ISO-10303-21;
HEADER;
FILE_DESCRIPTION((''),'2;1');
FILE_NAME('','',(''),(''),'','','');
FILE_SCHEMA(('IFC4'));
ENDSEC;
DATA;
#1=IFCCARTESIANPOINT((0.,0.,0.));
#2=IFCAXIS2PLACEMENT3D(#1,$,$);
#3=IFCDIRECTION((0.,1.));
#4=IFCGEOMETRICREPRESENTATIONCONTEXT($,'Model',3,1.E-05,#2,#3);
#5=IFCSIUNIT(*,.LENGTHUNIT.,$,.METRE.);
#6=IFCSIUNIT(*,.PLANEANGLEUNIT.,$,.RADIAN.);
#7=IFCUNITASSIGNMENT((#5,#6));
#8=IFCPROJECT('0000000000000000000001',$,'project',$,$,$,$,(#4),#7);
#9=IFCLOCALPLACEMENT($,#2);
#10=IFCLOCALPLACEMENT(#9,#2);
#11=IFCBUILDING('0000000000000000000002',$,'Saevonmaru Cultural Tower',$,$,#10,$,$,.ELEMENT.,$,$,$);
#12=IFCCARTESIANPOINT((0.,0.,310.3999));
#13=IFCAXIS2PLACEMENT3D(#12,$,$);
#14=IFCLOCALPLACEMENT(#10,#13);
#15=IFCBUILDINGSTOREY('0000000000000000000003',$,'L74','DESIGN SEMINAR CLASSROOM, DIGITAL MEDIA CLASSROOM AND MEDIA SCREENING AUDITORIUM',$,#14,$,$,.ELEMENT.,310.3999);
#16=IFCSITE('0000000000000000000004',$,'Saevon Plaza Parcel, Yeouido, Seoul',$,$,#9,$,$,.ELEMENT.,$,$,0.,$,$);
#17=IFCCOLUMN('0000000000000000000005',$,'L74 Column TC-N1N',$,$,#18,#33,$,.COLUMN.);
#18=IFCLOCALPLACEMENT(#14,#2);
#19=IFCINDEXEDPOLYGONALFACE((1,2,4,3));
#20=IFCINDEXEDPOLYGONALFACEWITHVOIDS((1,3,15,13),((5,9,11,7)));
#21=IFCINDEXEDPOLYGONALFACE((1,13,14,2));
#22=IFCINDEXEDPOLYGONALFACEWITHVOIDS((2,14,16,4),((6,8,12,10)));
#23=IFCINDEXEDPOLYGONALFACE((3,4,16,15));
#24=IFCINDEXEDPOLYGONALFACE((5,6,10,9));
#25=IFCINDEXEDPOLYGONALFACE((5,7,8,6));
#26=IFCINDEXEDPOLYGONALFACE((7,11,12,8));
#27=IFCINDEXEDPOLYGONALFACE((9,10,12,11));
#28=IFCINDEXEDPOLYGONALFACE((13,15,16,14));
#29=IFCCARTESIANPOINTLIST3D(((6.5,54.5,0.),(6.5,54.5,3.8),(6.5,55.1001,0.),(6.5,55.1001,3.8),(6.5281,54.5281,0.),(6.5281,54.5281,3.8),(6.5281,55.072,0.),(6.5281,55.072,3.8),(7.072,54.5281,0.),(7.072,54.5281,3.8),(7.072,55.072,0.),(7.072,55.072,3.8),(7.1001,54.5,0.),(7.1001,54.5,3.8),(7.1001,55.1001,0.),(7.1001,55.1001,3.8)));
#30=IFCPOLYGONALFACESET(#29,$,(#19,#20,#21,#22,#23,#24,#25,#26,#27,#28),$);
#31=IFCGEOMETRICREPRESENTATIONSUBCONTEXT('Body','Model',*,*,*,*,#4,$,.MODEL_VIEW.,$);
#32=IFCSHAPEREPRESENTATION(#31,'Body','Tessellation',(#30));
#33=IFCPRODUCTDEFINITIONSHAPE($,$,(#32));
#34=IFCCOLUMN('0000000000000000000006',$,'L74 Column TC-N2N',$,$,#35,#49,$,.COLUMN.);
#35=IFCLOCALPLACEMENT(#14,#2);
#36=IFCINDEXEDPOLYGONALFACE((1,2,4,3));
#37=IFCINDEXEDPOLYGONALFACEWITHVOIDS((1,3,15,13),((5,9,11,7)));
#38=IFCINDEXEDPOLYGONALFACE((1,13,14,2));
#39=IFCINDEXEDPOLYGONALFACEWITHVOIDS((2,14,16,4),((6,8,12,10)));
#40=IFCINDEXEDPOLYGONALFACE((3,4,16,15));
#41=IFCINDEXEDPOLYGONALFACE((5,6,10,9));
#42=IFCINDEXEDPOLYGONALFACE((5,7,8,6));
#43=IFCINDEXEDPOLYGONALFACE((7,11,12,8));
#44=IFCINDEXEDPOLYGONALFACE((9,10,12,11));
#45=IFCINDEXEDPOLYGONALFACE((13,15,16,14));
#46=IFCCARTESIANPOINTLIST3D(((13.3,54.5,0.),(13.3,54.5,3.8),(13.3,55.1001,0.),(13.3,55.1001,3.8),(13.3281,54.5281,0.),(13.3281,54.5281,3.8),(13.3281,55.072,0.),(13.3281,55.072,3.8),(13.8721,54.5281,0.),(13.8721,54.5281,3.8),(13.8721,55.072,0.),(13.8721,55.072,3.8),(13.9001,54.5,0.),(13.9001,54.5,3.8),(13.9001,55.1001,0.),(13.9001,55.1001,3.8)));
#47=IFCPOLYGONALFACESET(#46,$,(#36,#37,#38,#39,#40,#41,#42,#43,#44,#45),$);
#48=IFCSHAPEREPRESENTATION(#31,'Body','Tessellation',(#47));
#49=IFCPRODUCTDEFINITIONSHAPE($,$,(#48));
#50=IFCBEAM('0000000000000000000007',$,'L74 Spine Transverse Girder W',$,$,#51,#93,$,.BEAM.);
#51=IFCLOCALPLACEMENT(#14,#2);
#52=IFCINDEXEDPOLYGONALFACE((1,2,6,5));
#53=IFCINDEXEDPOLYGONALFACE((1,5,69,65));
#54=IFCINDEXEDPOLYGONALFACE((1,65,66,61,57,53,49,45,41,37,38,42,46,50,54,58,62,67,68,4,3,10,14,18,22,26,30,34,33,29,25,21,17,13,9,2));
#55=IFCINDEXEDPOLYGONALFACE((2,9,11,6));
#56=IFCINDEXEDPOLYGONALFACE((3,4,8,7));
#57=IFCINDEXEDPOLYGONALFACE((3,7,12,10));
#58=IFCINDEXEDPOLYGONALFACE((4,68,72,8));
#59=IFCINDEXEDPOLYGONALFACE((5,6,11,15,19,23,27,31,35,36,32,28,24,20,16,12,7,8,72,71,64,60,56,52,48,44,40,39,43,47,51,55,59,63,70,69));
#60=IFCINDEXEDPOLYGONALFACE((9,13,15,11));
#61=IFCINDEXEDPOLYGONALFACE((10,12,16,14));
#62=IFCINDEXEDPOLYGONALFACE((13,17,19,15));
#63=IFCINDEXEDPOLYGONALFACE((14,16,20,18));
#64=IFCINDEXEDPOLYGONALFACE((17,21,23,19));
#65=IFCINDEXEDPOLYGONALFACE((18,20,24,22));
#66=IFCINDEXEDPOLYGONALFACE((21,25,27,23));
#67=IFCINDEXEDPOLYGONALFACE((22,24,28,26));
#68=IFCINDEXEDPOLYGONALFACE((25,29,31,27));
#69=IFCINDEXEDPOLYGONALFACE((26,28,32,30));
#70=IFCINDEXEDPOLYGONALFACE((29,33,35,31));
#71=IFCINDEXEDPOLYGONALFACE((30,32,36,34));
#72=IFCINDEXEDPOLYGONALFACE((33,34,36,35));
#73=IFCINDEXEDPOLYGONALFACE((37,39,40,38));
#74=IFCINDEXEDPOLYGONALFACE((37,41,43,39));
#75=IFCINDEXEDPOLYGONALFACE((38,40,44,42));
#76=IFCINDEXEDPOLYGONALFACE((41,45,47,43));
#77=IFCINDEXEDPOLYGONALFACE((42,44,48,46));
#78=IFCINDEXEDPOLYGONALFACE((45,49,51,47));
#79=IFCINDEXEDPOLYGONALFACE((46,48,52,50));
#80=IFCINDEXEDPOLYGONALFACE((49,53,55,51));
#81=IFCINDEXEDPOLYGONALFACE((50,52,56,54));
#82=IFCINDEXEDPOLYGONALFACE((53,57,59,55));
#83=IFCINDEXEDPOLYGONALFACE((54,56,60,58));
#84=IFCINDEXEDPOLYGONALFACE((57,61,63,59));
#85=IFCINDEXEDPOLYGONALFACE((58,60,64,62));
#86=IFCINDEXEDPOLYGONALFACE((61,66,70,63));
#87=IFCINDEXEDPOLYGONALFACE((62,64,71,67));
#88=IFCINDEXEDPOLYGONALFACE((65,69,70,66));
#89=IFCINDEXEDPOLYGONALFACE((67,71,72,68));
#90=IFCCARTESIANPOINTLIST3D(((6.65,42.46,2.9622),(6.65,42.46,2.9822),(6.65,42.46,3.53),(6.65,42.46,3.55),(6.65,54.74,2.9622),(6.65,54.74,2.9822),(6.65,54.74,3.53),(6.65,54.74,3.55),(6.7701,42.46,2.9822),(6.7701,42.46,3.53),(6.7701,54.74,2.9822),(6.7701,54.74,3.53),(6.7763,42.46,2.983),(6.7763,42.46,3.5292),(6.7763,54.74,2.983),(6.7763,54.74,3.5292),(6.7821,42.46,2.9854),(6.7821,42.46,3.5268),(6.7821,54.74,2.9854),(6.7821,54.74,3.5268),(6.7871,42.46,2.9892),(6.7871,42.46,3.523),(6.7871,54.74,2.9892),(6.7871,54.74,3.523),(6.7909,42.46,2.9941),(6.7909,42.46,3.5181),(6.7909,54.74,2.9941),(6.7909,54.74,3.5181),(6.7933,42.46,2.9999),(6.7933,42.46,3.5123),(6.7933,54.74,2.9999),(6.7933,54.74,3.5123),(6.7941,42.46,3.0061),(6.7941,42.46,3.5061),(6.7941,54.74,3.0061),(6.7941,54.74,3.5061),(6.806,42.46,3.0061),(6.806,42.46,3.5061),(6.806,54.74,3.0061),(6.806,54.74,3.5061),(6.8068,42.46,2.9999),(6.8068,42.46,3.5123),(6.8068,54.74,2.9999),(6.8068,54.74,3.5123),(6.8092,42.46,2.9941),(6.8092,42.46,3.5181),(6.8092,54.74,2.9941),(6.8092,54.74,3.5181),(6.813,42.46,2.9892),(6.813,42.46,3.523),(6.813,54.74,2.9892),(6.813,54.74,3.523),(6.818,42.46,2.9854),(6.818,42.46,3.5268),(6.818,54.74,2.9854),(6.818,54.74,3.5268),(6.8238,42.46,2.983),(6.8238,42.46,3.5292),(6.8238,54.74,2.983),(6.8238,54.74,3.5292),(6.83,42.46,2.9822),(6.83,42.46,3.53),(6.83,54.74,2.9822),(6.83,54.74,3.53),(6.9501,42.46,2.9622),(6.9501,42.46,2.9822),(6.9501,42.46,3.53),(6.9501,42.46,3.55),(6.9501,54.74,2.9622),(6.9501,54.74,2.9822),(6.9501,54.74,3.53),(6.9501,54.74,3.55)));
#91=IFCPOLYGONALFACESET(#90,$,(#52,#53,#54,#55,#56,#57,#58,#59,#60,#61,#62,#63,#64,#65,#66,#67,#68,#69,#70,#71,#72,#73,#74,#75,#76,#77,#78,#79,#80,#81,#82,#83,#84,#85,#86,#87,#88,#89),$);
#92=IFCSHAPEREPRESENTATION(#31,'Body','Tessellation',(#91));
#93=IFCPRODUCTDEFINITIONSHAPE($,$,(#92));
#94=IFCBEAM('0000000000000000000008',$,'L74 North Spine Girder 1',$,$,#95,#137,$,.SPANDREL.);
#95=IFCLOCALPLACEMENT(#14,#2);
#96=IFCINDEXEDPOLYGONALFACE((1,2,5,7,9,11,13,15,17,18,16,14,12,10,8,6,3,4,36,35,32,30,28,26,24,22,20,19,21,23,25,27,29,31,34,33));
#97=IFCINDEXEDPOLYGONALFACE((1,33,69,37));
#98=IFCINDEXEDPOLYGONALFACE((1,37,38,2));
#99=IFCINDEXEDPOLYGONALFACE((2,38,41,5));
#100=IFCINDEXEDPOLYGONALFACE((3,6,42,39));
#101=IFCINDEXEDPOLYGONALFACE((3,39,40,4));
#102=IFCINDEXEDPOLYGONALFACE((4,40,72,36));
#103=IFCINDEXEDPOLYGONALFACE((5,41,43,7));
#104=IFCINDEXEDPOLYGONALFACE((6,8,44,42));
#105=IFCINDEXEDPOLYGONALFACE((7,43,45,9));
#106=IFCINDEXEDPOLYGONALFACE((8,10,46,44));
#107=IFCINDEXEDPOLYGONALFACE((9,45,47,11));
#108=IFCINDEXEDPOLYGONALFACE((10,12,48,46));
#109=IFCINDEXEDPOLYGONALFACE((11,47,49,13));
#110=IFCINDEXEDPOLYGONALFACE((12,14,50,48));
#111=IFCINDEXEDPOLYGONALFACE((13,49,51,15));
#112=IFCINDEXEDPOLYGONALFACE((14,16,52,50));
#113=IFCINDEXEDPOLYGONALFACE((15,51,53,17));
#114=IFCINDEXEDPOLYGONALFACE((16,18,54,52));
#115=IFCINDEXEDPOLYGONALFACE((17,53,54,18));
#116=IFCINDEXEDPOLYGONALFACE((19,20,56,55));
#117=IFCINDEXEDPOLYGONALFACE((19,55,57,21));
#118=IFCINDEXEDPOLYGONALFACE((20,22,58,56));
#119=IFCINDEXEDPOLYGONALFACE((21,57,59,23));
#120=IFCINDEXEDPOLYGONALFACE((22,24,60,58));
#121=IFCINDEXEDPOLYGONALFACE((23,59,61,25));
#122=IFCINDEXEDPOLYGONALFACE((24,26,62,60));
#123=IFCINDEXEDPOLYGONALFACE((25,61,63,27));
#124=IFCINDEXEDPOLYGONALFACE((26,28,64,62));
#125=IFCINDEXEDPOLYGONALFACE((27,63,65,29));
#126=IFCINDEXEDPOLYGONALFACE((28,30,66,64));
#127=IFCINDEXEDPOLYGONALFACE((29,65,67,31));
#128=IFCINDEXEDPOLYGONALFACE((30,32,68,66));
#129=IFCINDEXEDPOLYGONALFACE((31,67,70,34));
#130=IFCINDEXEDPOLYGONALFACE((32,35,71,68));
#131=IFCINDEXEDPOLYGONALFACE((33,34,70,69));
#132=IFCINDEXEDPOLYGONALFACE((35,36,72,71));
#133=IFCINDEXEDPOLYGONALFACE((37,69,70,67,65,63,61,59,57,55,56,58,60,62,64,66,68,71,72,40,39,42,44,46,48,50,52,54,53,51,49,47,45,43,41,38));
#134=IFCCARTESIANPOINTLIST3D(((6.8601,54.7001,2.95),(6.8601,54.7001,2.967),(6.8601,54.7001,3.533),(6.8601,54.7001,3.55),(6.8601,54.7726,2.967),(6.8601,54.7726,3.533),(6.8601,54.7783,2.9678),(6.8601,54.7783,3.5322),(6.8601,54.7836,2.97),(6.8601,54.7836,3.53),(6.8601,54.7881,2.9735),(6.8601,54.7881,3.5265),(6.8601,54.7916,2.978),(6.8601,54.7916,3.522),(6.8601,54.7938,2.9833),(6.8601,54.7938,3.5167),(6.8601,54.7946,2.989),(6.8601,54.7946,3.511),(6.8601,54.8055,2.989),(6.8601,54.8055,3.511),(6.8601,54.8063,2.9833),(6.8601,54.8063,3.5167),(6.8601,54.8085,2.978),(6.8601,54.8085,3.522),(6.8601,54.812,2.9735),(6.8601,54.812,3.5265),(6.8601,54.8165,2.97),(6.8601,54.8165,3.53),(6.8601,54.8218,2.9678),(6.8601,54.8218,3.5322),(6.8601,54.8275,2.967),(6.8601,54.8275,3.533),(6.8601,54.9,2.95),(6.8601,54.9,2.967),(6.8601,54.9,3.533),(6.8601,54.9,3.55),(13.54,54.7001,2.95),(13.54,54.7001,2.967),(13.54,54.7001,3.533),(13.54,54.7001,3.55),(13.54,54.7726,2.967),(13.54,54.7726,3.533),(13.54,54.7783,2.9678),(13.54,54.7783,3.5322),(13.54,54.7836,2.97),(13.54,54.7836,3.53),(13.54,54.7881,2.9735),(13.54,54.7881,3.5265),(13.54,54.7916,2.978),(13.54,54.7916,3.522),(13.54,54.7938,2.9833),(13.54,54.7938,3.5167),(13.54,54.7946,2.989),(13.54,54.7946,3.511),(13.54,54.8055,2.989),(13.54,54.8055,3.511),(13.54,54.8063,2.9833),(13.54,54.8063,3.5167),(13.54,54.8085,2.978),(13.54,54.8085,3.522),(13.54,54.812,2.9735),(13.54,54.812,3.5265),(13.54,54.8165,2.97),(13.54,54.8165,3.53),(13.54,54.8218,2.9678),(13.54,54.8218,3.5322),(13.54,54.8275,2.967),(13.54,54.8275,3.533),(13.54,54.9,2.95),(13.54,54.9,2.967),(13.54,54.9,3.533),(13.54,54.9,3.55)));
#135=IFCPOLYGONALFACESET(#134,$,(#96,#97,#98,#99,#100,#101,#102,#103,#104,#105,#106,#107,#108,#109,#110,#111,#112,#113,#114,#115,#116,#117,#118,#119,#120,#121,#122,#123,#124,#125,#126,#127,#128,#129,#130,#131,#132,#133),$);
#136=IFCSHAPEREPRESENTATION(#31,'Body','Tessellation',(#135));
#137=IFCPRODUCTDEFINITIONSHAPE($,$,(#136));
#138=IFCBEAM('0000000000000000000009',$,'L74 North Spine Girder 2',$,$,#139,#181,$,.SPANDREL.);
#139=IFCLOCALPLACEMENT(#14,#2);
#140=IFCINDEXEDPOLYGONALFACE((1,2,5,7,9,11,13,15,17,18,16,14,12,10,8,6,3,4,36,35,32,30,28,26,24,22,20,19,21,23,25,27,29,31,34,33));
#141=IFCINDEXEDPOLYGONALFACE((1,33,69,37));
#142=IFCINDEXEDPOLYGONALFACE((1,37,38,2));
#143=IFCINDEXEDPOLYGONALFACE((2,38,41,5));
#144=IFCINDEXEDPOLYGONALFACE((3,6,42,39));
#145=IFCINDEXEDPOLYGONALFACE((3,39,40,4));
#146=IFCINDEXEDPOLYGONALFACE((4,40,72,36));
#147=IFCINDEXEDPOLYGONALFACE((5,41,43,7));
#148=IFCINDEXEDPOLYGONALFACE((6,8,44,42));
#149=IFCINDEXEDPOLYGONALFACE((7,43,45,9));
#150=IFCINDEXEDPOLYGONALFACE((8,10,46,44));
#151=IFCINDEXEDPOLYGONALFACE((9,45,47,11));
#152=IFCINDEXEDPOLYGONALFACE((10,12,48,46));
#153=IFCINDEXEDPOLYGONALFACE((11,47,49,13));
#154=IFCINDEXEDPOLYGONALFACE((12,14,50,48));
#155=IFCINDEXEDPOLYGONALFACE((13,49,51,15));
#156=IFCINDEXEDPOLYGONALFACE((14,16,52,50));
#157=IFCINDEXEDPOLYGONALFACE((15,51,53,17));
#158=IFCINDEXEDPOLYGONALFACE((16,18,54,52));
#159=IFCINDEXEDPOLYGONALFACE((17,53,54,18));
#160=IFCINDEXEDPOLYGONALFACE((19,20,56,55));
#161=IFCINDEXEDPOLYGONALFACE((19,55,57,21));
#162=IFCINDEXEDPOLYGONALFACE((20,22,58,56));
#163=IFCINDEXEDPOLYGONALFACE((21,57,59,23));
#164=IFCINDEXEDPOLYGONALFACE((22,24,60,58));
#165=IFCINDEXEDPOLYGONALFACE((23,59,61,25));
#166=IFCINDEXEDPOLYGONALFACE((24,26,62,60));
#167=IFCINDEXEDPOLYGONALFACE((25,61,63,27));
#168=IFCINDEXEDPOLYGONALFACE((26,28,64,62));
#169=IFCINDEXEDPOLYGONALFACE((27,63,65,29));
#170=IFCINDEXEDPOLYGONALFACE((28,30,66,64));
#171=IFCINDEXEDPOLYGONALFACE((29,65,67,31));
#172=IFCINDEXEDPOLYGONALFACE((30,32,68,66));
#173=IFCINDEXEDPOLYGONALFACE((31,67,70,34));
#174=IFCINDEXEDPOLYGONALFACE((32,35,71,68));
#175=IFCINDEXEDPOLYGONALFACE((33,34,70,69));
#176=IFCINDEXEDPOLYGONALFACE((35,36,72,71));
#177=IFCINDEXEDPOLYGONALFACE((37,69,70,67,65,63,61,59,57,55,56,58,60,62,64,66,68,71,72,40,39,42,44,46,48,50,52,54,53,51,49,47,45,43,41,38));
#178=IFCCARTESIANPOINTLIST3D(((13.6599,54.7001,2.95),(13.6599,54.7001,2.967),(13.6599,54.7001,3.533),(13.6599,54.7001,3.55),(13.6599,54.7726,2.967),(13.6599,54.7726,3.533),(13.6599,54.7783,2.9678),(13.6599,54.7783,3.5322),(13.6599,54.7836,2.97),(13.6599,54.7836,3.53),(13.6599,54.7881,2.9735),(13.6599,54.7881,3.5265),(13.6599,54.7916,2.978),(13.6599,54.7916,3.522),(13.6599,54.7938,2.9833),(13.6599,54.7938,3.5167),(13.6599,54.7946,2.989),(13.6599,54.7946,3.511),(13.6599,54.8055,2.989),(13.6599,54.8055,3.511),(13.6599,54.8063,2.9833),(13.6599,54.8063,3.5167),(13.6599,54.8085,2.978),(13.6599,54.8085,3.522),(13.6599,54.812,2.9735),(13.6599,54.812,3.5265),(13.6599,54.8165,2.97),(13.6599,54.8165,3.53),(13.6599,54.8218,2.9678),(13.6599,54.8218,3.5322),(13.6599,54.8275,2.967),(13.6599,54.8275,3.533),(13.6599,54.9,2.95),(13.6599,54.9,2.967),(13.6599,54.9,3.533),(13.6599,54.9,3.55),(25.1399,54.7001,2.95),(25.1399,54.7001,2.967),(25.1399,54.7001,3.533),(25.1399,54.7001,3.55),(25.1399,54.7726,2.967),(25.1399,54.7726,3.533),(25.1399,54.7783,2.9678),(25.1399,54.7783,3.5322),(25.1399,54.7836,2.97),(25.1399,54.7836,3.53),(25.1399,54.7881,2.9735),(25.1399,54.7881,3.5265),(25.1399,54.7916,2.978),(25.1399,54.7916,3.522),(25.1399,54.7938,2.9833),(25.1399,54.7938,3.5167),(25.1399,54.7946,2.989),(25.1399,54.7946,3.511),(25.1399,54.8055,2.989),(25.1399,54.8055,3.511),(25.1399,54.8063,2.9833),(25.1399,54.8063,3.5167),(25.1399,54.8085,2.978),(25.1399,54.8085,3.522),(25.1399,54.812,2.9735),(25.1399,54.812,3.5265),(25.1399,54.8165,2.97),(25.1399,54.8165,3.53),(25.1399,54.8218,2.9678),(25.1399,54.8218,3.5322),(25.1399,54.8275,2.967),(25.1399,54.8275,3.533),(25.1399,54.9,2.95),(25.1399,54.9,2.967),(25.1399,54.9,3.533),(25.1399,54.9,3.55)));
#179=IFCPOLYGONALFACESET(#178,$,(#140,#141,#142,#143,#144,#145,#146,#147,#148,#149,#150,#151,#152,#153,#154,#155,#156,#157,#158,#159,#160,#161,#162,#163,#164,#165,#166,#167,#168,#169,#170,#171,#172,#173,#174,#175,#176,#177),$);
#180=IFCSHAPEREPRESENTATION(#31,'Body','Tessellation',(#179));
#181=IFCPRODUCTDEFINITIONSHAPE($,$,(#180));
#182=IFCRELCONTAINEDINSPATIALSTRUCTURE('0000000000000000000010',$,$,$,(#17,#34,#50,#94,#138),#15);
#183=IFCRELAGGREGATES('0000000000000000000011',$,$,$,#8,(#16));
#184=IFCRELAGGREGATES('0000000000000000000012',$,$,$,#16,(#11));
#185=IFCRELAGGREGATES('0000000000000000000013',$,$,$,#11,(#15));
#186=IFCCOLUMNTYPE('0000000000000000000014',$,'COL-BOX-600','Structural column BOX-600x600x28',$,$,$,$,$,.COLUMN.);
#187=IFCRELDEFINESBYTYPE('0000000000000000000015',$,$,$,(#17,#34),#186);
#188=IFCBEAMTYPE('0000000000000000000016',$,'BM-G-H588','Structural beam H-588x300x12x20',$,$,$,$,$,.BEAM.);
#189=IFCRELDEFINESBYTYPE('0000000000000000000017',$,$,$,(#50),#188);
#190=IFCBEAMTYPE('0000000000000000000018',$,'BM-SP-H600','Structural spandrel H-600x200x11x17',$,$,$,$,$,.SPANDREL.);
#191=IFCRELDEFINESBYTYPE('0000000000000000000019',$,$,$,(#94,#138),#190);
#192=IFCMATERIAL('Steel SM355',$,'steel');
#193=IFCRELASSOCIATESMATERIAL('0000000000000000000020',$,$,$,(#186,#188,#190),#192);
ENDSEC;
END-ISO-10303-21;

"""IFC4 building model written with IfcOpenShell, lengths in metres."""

from ifc_helpers import new_model, si_unit, direction, frame, origin, origin_2d, place, context, subcontext, project, spatial, hollow_rectangle, i_section, extrude, material, material_profile, profile_set, type_object, element, save


model = new_model("IFC4")

# Units and contexts
model_context = context("Model", 3, precision=1e-05, world=origin(), true_north=direction((0.0, 1.0)))
body_context = subcontext(model_context, "Body", "Model", "MODEL_VIEW")
ifc_project = project(units=[si_unit("LENGTHUNIT", "METRE"), si_unit("PLANEANGLEUNIT", "RADIAN")], contexts=[model_context])

# Site, building, storey
site_placement = place(None, origin())
site = spatial("IfcSite", under=ifc_project, at=site_placement, Name="Saevon Plaza Parcel, Yeouido, Seoul", CompositionType="ELEMENT", RefElevation=0.0)
building_placement = place(site_placement, origin())
building = spatial("IfcBuilding", under=site, at=building_placement, Name="Saevonmaru Cultural Tower", CompositionType="ELEMENT")
storey_placement = place(building_placement, frame((0.0, 0.0, 310.3999)))
storey = spatial("IfcBuildingStorey", under=building, at=storey_placement, Name="L74", Description="DESIGN SEMINAR CLASSROOM, DIGITAL MEDIA CLASSROOM AND MEDIA SCREENING AUDITORIUM", CompositionType="ELEMENT", Elevation=310.3999)

# Columns
ifc_material_1 = material(Name="Steel SM355", Category="steel")
ifc_material_profile_1 = material_profile(ifc_material_1, hollow_rectangle(XDim=0.6001, YDim=0.6001, WallThickness=0.0281, at=origin_2d()), Name="BOX-600x600x28")
ifc_profile_set_1 = profile_set([ifc_material_profile_1], Name="Steel SM355")
column_type = type_object("IfcColumnType", Name="COL-BOX-600", Description="Structural column BOX-600x600x28", PredefinedType="COLUMN", material=ifc_profile_set_1)
for number, where, z_axis, x_axis, name in (
    (1, (6.8, 54.8, 0.0), (0.0, 0.0, 1.0), (1.0, 0.0, 0.0), "L74 Column TC-N1N"),
    (2, (13.6001, 54.8, 0.0), (0.0, 0.0, 1.0), (1.0, 0.0, 0.0), "L74 Column TC-N2N"),
):
    element("IfcColumn", number, at=place(storey_placement, frame(where, z_axis=z_axis, x_axis=x_axis)), inside=storey, type_object=column_type, Name=name, PredefinedType="COLUMN", context=body_context, shape_type="SweptSolid", body=[
        extrude(hollow_rectangle(XDim=0.6001, YDim=0.6001, WallThickness=0.0281, at=origin_2d()), origin(), (0.0, 0.0, 1.0), 3.8),
    ])

# Beams
ifc_material_profile_2 = material_profile(ifc_material_1, i_section(OverallWidth=0.3, OverallDepth=0.5879, WebThickness=0.012, FlangeThickness=0.02, FilletRadius=0.0239, at=origin_2d()), Name="H-588x300x12x20")
ifc_profile_set_2 = profile_set([ifc_material_profile_2], Name="Steel SM355")
beam_type_1 = type_object("IfcBeamType", Name="BM-G-H588", Description="Structural beam H-588x300x12x20", PredefinedType="BEAM", material=ifc_profile_set_2)
beam_1_placement = place(storey_placement, frame((6.8, 54.74, 3.2561), z_axis=(0.0, -1.0, 0.0), x_axis=(1.0, 0.0, 0.0)))
element("IfcBeam", 3, at=beam_1_placement, inside=storey, type_object=beam_type_1, Name="L74 Spine Transverse Girder W", PredefinedType="BEAM", context=body_context, shape_type="SweptSolid", body=[
    extrude(i_section(OverallWidth=0.3, OverallDepth=0.5879, WebThickness=0.012, FlangeThickness=0.02, FilletRadius=0.0239, at=origin_2d()), origin(), (0.0, 0.0, 1.0), 12.28),
])
ifc_material_profile_3 = material_profile(ifc_material_1, i_section(OverallWidth=0.2, OverallDepth=0.6001, WebThickness=0.011, FlangeThickness=0.0171, FilletRadius=0.022, at=origin_2d()), Name="H-600x200x11x17")
ifc_profile_set_3 = profile_set([ifc_material_profile_3], Name="Steel SM355")
beam_type_2 = type_object("IfcBeamType", Name="BM-SP-H600", Description="Structural spandrel H-600x200x11x17", PredefinedType="SPANDREL", material=ifc_profile_set_3)
beam_2_placement = place(storey_placement, frame((6.8601, 54.8, 3.25), z_axis=(1.0, 0.0, 0.0), x_axis=(0.0, 1.0, 0.0)))
element("IfcBeam", 4, at=beam_2_placement, inside=storey, type_object=beam_type_2, Name="L74 North Spine Girder 1", PredefinedType="SPANDREL", context=body_context, shape_type="SweptSolid", body=[
    extrude(i_section(OverallWidth=0.2, OverallDepth=0.6001, WebThickness=0.011, FlangeThickness=0.0171, FilletRadius=0.022, at=origin_2d()), origin(), (0.0, 0.0, 1.0), 6.6799),
])
beam_3_placement = place(storey_placement, frame((13.6599, 54.8, 3.25), z_axis=(1.0, 0.0, 0.0), x_axis=(0.0, 1.0, 0.0)))
element("IfcBeam", 5, at=beam_3_placement, inside=storey, type_object=beam_type_2, Name="L74 North Spine Girder 2", PredefinedType="SPANDREL", context=body_context, shape_type="SweptSolid", body=[
    extrude(i_section(OverallWidth=0.2, OverallDepth=0.6001, WebThickness=0.011, FlangeThickness=0.0171, FilletRadius=0.022, at=origin_2d()), origin(), (0.0, 0.0, 1.0), 11.48),
])

save(model, "model.ifc")
